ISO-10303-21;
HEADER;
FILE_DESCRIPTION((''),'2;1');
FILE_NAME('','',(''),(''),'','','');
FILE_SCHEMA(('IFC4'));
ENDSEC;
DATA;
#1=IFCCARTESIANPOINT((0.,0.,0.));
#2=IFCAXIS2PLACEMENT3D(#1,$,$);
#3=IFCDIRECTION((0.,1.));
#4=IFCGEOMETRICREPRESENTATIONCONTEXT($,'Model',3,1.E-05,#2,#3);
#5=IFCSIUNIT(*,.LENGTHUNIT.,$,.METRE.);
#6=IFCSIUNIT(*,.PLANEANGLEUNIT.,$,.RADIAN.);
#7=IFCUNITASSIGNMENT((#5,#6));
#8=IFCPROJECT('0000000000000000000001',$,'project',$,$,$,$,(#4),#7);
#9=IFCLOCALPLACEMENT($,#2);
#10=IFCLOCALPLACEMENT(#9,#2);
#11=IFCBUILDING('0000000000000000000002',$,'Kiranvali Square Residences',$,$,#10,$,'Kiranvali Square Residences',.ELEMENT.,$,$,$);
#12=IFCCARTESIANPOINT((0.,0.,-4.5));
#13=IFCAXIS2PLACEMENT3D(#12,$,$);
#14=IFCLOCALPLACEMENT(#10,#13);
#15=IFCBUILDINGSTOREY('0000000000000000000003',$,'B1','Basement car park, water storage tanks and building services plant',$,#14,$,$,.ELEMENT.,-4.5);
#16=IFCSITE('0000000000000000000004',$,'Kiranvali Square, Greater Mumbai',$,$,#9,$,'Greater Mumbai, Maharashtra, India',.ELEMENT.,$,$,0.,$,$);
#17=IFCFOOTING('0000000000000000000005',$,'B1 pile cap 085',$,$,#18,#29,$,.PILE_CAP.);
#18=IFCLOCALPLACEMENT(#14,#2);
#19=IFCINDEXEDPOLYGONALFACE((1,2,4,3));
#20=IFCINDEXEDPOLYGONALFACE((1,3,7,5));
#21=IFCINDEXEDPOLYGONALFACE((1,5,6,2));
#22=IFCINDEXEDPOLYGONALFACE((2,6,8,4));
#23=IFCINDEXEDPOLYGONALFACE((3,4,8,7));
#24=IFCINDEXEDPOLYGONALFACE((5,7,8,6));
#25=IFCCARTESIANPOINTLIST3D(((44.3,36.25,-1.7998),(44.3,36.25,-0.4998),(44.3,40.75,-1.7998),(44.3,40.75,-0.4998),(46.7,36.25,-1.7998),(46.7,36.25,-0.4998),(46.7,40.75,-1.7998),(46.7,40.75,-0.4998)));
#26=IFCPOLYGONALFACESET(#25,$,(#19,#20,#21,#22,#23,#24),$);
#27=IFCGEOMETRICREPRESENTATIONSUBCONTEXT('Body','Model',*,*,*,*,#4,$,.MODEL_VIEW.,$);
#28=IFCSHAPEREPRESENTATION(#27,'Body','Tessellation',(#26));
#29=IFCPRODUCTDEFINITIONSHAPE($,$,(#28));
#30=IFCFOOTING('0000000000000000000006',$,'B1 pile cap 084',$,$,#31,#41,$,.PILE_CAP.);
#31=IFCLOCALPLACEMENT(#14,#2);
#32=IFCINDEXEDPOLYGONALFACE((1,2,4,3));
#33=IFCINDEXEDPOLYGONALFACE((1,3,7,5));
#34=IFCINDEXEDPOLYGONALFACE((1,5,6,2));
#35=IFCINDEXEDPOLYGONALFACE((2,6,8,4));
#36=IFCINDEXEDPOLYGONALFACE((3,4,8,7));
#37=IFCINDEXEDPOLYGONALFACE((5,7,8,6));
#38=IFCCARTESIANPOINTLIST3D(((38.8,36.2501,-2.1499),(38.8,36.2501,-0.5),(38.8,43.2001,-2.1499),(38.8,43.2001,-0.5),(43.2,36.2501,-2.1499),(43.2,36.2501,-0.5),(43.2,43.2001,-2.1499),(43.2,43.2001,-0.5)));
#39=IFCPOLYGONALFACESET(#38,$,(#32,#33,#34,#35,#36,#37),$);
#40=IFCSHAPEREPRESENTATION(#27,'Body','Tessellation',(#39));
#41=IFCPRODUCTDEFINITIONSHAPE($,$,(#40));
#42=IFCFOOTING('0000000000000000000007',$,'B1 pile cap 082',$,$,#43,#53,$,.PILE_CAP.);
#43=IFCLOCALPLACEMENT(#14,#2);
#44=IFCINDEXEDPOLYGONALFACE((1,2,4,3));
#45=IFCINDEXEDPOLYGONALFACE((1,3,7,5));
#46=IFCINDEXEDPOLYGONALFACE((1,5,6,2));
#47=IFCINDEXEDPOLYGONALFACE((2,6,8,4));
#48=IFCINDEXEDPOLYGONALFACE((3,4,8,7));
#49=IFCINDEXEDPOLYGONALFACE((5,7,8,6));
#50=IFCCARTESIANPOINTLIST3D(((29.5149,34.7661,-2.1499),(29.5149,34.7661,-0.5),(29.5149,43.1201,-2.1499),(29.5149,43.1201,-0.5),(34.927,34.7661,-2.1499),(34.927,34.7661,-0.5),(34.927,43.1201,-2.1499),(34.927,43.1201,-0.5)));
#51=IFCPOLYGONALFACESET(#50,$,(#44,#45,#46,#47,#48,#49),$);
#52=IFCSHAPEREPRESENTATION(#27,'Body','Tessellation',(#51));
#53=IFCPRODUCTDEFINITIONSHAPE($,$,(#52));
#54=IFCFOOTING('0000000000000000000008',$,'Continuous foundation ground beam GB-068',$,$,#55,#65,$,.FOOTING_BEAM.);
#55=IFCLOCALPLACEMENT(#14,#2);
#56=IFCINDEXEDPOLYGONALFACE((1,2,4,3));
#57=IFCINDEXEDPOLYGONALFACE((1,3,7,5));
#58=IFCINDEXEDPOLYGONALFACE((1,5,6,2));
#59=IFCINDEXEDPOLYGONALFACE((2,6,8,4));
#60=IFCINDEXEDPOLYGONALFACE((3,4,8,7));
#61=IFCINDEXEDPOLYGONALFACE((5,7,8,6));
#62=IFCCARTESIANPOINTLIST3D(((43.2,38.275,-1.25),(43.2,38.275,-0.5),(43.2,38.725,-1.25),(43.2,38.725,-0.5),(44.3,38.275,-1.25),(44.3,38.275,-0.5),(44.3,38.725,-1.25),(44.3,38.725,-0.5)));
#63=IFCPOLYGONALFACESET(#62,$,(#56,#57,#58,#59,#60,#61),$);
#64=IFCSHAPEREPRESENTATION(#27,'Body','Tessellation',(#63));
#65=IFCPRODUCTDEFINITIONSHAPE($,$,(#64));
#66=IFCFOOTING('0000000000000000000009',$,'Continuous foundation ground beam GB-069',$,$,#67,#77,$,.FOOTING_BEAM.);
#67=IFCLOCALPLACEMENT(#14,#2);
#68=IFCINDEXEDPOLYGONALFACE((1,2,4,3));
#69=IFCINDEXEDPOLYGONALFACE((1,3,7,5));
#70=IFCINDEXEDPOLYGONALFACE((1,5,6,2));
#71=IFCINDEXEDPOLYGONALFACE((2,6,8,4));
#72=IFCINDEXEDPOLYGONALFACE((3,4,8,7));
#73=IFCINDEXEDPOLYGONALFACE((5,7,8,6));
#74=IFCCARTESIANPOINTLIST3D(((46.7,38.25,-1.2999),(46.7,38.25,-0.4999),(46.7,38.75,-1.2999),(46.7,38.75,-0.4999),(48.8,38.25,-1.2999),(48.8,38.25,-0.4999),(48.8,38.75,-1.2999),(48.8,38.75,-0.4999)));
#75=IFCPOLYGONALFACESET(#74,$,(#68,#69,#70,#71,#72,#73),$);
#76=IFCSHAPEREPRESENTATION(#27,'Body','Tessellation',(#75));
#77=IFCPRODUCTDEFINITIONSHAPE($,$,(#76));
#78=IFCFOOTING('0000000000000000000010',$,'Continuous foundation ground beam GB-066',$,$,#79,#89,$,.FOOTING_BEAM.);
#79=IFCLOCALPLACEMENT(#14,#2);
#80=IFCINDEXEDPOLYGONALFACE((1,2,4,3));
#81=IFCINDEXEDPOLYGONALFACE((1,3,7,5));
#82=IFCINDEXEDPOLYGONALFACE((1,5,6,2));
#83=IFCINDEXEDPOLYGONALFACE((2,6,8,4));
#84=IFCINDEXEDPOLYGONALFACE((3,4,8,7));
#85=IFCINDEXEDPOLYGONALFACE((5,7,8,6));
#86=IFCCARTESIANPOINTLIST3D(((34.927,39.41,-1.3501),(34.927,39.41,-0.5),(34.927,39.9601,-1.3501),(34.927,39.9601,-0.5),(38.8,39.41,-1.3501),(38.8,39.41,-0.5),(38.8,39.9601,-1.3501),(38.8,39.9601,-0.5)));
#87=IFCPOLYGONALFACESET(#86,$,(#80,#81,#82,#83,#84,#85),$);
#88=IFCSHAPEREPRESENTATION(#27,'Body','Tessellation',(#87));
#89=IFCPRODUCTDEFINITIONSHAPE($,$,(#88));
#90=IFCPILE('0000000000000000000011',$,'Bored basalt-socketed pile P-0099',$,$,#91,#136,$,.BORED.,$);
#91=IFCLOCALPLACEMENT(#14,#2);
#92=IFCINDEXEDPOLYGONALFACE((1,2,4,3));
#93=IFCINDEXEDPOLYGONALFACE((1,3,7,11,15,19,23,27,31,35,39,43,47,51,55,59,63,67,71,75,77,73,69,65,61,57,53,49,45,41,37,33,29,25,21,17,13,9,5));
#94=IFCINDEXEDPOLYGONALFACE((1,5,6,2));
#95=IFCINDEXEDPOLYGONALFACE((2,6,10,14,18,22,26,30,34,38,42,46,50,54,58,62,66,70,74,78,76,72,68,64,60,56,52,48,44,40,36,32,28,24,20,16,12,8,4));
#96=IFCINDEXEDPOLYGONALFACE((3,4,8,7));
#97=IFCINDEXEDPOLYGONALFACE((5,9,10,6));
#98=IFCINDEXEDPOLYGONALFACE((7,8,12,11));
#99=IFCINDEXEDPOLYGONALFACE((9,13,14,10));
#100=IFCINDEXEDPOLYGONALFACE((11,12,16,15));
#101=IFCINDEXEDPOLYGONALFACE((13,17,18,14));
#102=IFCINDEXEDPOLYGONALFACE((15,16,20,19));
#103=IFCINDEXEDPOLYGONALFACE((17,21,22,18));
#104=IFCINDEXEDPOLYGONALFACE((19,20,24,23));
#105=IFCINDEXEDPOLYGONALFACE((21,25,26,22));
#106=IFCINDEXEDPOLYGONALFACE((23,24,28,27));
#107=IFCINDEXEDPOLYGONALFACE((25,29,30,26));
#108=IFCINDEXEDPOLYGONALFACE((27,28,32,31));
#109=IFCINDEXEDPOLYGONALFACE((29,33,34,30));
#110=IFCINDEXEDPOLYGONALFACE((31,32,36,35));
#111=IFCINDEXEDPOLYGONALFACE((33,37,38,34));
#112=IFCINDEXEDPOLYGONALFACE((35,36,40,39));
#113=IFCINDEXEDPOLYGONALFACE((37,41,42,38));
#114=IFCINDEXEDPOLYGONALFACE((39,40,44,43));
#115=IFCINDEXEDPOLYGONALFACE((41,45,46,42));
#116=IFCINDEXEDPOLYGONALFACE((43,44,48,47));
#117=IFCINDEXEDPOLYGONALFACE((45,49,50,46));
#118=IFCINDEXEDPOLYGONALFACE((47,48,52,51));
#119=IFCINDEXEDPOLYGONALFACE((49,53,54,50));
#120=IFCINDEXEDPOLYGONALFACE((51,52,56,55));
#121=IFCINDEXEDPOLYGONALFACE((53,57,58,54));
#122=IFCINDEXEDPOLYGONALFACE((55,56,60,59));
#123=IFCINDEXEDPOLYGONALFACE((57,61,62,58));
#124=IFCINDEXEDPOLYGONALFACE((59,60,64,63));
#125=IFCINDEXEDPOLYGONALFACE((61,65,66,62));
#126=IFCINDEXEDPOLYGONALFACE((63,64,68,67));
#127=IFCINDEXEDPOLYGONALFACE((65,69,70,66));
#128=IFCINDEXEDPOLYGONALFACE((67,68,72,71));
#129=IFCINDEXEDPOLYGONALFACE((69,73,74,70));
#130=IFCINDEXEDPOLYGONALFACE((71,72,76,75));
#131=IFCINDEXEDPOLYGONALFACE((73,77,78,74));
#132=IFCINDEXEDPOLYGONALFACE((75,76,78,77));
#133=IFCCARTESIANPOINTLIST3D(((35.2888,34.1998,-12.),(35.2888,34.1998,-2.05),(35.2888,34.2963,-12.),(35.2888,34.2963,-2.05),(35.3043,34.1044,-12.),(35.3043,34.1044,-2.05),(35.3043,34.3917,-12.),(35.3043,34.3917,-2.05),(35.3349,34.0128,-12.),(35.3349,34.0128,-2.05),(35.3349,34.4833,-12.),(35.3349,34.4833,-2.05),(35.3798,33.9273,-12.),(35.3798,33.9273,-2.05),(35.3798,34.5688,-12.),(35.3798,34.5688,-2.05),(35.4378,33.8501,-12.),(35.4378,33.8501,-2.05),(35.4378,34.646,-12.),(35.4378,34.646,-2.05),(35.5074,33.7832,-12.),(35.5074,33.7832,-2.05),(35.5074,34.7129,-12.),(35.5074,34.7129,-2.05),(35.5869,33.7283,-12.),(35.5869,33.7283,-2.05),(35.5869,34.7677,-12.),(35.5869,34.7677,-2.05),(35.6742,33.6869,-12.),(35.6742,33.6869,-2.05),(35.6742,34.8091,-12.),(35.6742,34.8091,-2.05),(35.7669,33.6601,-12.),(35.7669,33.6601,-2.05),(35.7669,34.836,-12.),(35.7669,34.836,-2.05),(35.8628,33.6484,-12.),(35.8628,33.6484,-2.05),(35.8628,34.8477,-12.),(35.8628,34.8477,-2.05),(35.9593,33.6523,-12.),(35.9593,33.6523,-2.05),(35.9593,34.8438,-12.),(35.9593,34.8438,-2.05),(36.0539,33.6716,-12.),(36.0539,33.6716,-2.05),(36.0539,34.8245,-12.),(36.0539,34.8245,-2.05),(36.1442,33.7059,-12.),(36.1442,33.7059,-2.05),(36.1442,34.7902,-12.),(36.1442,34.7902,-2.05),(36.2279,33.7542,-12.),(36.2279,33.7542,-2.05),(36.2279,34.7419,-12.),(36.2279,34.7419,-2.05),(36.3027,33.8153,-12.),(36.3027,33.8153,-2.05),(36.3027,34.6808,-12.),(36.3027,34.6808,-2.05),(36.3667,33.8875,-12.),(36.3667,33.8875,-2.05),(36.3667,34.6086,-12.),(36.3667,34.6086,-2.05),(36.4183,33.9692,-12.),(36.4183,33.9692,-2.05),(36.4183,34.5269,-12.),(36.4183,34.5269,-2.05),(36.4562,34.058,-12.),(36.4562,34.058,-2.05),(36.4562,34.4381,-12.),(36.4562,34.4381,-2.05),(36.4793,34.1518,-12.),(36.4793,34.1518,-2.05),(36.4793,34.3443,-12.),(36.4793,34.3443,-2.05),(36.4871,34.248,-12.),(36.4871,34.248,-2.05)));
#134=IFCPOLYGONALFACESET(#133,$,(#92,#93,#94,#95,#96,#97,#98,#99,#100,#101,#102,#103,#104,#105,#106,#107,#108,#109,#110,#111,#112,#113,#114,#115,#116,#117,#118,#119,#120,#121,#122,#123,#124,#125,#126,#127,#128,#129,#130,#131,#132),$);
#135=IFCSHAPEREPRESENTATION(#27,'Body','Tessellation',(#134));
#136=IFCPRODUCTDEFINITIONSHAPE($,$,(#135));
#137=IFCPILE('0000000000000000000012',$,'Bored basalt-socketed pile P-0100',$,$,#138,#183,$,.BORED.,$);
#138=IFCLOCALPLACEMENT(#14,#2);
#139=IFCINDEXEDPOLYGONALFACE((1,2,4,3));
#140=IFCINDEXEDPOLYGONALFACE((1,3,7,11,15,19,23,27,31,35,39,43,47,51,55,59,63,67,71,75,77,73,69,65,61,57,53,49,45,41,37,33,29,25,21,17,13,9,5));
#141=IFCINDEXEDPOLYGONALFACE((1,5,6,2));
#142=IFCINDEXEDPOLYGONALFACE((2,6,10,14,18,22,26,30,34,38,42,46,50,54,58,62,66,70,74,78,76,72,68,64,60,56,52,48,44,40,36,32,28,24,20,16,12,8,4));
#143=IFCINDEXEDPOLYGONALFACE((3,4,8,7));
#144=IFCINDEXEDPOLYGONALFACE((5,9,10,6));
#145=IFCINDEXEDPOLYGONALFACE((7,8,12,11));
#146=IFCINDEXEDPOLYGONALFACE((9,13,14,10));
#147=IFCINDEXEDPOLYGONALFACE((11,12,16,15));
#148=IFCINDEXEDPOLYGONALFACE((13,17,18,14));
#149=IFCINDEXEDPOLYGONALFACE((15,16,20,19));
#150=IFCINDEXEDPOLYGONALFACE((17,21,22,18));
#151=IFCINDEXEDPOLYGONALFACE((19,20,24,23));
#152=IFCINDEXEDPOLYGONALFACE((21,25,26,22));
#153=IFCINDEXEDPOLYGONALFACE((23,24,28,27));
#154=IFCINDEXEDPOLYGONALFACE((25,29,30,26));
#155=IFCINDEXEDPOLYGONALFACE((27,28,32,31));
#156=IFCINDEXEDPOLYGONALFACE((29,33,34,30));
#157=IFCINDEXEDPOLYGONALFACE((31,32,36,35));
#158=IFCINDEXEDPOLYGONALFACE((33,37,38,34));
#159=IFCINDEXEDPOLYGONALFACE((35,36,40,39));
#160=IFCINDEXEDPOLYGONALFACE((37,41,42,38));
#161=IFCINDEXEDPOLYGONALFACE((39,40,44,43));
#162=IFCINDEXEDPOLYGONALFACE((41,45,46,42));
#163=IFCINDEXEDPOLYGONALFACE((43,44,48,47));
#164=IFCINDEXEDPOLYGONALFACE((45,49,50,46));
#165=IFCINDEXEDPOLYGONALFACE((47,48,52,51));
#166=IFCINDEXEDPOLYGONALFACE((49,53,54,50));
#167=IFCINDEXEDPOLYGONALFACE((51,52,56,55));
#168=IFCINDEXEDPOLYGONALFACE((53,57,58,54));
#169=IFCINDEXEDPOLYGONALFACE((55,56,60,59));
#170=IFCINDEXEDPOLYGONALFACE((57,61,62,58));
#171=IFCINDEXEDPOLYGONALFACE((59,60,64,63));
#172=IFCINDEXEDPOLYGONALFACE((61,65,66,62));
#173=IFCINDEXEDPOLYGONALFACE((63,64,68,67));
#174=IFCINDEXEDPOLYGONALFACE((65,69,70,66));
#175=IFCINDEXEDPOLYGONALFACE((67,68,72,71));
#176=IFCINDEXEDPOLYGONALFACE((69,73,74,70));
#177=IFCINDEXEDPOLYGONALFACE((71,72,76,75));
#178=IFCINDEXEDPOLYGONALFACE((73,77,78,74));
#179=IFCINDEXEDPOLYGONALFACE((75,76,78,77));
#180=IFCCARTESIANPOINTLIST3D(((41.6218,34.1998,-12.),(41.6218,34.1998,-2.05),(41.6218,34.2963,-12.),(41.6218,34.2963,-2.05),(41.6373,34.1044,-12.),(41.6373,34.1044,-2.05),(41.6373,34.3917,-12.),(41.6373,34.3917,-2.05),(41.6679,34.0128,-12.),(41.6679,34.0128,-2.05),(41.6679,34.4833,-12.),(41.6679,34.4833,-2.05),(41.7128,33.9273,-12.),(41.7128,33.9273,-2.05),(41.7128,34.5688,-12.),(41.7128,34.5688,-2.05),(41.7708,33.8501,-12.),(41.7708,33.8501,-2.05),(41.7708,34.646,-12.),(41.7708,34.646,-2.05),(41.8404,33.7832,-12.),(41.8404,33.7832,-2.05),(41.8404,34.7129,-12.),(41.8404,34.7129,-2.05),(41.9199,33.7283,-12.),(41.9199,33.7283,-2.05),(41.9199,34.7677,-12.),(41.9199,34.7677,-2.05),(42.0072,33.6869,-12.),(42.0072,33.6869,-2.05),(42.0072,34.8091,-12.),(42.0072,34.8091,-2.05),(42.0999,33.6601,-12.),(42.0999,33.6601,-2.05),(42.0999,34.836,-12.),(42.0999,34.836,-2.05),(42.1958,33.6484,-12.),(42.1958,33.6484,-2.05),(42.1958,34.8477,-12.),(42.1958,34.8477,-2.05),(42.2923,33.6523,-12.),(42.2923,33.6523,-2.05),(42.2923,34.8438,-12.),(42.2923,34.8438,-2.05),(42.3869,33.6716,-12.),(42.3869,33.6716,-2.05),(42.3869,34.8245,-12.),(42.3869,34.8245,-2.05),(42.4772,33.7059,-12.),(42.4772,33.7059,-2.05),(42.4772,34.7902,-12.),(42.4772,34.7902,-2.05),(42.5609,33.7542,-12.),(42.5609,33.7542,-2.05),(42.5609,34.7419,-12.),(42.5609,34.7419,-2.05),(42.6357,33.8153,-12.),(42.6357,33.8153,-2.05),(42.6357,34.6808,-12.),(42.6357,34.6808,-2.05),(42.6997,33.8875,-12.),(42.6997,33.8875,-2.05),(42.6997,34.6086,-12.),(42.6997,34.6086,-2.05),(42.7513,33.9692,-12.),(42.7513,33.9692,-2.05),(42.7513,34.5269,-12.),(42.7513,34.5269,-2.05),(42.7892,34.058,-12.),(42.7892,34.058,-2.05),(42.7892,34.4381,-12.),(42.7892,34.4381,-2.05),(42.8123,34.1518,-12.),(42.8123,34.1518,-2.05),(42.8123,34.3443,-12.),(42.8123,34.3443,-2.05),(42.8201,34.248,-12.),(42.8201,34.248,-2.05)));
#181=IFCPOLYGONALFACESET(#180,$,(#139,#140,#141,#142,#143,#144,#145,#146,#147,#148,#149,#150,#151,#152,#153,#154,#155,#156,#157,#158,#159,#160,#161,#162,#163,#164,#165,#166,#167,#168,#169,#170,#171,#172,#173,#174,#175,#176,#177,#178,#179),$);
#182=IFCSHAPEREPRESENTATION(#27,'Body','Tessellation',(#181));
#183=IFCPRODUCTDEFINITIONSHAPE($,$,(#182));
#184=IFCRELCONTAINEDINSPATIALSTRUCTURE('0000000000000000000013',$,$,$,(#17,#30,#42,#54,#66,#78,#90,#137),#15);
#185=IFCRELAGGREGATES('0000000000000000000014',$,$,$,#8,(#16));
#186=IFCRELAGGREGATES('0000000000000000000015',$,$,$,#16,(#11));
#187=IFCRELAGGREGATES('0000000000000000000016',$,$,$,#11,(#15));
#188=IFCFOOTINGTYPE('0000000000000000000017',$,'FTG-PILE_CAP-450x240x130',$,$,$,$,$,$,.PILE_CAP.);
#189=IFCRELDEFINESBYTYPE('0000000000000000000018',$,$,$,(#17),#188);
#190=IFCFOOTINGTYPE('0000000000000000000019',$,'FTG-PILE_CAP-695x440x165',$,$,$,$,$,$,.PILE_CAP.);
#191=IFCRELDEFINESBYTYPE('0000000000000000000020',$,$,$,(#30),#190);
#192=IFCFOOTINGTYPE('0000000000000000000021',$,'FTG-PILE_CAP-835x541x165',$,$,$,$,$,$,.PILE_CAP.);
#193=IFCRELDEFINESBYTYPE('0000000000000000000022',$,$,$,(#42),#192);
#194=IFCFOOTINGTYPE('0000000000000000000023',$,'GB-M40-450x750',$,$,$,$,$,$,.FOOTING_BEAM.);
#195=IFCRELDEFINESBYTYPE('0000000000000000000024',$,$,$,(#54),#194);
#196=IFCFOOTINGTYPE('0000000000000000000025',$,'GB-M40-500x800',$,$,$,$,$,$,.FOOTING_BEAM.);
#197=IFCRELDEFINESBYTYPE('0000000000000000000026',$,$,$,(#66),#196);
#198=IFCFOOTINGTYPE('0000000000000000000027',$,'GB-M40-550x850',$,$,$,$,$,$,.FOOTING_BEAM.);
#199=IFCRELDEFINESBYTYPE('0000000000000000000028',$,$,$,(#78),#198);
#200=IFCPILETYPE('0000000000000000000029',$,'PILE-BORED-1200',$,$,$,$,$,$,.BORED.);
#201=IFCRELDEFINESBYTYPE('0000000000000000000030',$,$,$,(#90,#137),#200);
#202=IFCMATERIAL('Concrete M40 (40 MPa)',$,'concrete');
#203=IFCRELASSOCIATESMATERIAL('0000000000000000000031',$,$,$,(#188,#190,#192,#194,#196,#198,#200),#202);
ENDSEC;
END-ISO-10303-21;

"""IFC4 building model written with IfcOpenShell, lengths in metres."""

from ifc_helpers import new_model, si_unit, direction, frame, origin, origin_2d, place, context, subcontext, project, spatial, rectangle, circle, extrude, material, material_profile, profile_set, type_object, element, save


model = new_model("IFC4")

# Units and contexts
model_context = context("Model", 3, precision=1e-05, world=origin(), true_north=direction((0.0, 1.0)))
body_context = subcontext(model_context, "Body", "Model", "MODEL_VIEW")
ifc_project = project(units=[si_unit("LENGTHUNIT", "METRE"), si_unit("PLANEANGLEUNIT", "RADIAN")], contexts=[model_context])

# Site, building, storey
site_placement = place(None, origin())
site = spatial("IfcSite", under=ifc_project, at=site_placement, Name="Kiranvali Square, Greater Mumbai", LongName="Greater Mumbai, Maharashtra, India", CompositionType="ELEMENT", RefElevation=0.0)
building_placement = place(site_placement, origin())
building = spatial("IfcBuilding", under=site, at=building_placement, Name="Kiranvali Square Residences", LongName="Kiranvali Square Residences", CompositionType="ELEMENT")
storey_placement = place(building_placement, frame((0.0, 0.0, -4.5)))
storey = spatial("IfcBuildingStorey", under=building, at=storey_placement, Name="B1", Description="Basement car park, water storage tanks and building services plant", CompositionType="ELEMENT", Elevation=-4.5)

# Footings
ifc_material_1 = material(Name="Concrete M40 (40 MPa)", Category="concrete")
footing_type_1 = type_object("IfcFootingType", Name="FTG-PILE_CAP-450x240x130", PredefinedType="PILE_CAP", material=ifc_material_1)
footing_1_placement = place(storey_placement, frame((45.5, 38.5, -1.7998), z_axis=(0.0, 0.0, 1.0), x_axis=(0.0, 1.0, 0.0)))
element("IfcFooting", 1, at=footing_1_placement, inside=storey, type_object=footing_type_1, Name="B1 pile cap 085", PredefinedType="PILE_CAP", context=body_context, shape_type="SweptSolid", body=[
    extrude(rectangle(XDim=4.5, YDim=2.3999, at=origin_2d()), origin(), (0.0, 0.0, 1.0), 1.3),
])
footing_type_2 = type_object("IfcFootingType", Name="FTG-PILE_CAP-695x440x165", PredefinedType="PILE_CAP", material=ifc_material_1)
footing_2_placement = place(storey_placement, frame((41.0, 39.7251, -2.1499), z_axis=(0.0, 0.0, 1.0), x_axis=(0.0, 1.0, 0.0)))
element("IfcFooting", 2, at=footing_2_placement, inside=storey, type_object=footing_type_2, Name="B1 pile cap 084", PredefinedType="PILE_CAP", context=body_context, shape_type="SweptSolid", body=[
    extrude(rectangle(XDim=6.95, YDim=4.3999, at=origin_2d()), origin(), (0.0, 0.0, 1.0), 1.6499),
])
footing_type_3 = type_object("IfcFootingType", Name="FTG-PILE_CAP-835x541x165", PredefinedType="PILE_CAP", material=ifc_material_1)
footing_3_placement = place(storey_placement, frame((32.2209, 38.9431, -2.1499), z_axis=(0.0, 0.0, 1.0), x_axis=(0.0, 1.0, 0.0)))
element("IfcFooting", 3, at=footing_3_placement, inside=storey, type_object=footing_type_3, Name="B1 pile cap 082", PredefinedType="PILE_CAP", context=body_context, shape_type="SweptSolid", body=[
    extrude(rectangle(XDim=8.354, YDim=5.4121, at=origin_2d()), origin(), (0.0, 0.0, 1.0), 1.6499),
])
ifc_material_profile_1 = material_profile(ifc_material_1, rectangle(XDim=0.45, YDim=0.75, at=origin_2d()), Name="GB 450x750")
ifc_profile_set_1 = profile_set([ifc_material_profile_1], Name="Concrete M40 (40 MPa)")
footing_type_4 = type_object("IfcFootingType", Name="GB-M40-450x750", PredefinedType="FOOTING_BEAM", material=ifc_profile_set_1)
footing_4_placement = place(storey_placement, frame((43.2, 38.5, -0.875), z_axis=(1.0, 0.0, 0.0), x_axis=(0.0, 1.0, 0.0)))
element("IfcFooting", 4, at=footing_4_placement, inside=storey, type_object=footing_type_4, Name="Continuous foundation ground beam GB-068", PredefinedType="FOOTING_BEAM", context=body_context, shape_type="SweptSolid", body=[
    extrude(rectangle(XDim=0.45, YDim=0.75, at=origin_2d()), origin(), (0.0, 0.0, 1.0), 1.1001),
])
ifc_material_profile_2 = material_profile(ifc_material_1, rectangle(XDim=0.5, YDim=0.8, at=origin_2d()), Name="GB 500x800")
ifc_profile_set_2 = profile_set([ifc_material_profile_2], Name="Concrete M40 (40 MPa)")
footing_type_5 = type_object("IfcFootingType", Name="GB-M40-500x800", PredefinedType="FOOTING_BEAM", material=ifc_profile_set_2)
footing_5_placement = place(storey_placement, frame((46.7, 38.5, -0.8999), z_axis=(1.0, 0.0, 0.0), x_axis=(0.0, 1.0, 0.0)))
element("IfcFooting", 5, at=footing_5_placement, inside=storey, type_object=footing_type_5, Name="Continuous foundation ground beam GB-069", PredefinedType="FOOTING_BEAM", context=body_context, shape_type="SweptSolid", body=[
    extrude(rectangle(XDim=0.5, YDim=0.8, at=origin_2d()), origin(), (0.0, 0.0, 1.0), 2.1001),
])
ifc_material_profile_3 = material_profile(ifc_material_1, rectangle(XDim=0.55, YDim=0.8501, at=origin_2d()), Name="GB 550x850")
ifc_profile_set_3 = profile_set([ifc_material_profile_3], Name="Concrete M40 (40 MPa)")
footing_type_6 = type_object("IfcFootingType", Name="GB-M40-550x850", PredefinedType="FOOTING_BEAM", material=ifc_profile_set_3)
footing_6_placement = place(storey_placement, frame((34.927, 39.6851, -0.925), z_axis=(1.0, 0.0, 0.0), x_axis=(0.0, 1.0, 0.0)))
element("IfcFooting", 6, at=footing_6_placement, inside=storey, type_object=footing_type_6, Name="Continuous foundation ground beam GB-066", PredefinedType="FOOTING_BEAM", context=body_context, shape_type="SweptSolid", body=[
    extrude(rectangle(XDim=0.55, YDim=0.8501, at=origin_2d()), origin(), (0.0, 0.0, 1.0), 3.873),
])

# Piles
ifc_material_profile_4 = material_profile(ifc_material_1, circle(Radius=0.6001, at=origin_2d()), Name="BORED PILE 1200")
ifc_profile_set_4 = profile_set([ifc_material_profile_4], Name="Concrete M40 (40 MPa)")
pile_type = type_object("IfcPileType", Name="PILE-BORED-1200", PredefinedType="BORED", material=ifc_profile_set_4)
for number, where, z_axis, x_axis, name in (
    (7, (35.887, 34.248, -2.05), (0.0, 0.0, -1.0), (1.0, 0.0, 0.0), "Bored basalt-socketed pile P-0099"),
    (8, (42.22, 34.248, -2.05), (0.0, 0.0, -1.0), (1.0, 0.0, 0.0), "Bored basalt-socketed pile P-0100"),
):
    element("IfcPile", number, at=place(storey_placement, frame(where, z_axis=z_axis, x_axis=x_axis)), inside=storey, type_object=pile_type, Name=name, PredefinedType="BORED", context=body_context, shape_type="SweptSolid", body=[
        extrude(circle(Radius=0.6001, at=origin_2d()), origin(), (0.0, 0.0, 1.0), 9.95),
    ])

save(model, "model.ifc")
